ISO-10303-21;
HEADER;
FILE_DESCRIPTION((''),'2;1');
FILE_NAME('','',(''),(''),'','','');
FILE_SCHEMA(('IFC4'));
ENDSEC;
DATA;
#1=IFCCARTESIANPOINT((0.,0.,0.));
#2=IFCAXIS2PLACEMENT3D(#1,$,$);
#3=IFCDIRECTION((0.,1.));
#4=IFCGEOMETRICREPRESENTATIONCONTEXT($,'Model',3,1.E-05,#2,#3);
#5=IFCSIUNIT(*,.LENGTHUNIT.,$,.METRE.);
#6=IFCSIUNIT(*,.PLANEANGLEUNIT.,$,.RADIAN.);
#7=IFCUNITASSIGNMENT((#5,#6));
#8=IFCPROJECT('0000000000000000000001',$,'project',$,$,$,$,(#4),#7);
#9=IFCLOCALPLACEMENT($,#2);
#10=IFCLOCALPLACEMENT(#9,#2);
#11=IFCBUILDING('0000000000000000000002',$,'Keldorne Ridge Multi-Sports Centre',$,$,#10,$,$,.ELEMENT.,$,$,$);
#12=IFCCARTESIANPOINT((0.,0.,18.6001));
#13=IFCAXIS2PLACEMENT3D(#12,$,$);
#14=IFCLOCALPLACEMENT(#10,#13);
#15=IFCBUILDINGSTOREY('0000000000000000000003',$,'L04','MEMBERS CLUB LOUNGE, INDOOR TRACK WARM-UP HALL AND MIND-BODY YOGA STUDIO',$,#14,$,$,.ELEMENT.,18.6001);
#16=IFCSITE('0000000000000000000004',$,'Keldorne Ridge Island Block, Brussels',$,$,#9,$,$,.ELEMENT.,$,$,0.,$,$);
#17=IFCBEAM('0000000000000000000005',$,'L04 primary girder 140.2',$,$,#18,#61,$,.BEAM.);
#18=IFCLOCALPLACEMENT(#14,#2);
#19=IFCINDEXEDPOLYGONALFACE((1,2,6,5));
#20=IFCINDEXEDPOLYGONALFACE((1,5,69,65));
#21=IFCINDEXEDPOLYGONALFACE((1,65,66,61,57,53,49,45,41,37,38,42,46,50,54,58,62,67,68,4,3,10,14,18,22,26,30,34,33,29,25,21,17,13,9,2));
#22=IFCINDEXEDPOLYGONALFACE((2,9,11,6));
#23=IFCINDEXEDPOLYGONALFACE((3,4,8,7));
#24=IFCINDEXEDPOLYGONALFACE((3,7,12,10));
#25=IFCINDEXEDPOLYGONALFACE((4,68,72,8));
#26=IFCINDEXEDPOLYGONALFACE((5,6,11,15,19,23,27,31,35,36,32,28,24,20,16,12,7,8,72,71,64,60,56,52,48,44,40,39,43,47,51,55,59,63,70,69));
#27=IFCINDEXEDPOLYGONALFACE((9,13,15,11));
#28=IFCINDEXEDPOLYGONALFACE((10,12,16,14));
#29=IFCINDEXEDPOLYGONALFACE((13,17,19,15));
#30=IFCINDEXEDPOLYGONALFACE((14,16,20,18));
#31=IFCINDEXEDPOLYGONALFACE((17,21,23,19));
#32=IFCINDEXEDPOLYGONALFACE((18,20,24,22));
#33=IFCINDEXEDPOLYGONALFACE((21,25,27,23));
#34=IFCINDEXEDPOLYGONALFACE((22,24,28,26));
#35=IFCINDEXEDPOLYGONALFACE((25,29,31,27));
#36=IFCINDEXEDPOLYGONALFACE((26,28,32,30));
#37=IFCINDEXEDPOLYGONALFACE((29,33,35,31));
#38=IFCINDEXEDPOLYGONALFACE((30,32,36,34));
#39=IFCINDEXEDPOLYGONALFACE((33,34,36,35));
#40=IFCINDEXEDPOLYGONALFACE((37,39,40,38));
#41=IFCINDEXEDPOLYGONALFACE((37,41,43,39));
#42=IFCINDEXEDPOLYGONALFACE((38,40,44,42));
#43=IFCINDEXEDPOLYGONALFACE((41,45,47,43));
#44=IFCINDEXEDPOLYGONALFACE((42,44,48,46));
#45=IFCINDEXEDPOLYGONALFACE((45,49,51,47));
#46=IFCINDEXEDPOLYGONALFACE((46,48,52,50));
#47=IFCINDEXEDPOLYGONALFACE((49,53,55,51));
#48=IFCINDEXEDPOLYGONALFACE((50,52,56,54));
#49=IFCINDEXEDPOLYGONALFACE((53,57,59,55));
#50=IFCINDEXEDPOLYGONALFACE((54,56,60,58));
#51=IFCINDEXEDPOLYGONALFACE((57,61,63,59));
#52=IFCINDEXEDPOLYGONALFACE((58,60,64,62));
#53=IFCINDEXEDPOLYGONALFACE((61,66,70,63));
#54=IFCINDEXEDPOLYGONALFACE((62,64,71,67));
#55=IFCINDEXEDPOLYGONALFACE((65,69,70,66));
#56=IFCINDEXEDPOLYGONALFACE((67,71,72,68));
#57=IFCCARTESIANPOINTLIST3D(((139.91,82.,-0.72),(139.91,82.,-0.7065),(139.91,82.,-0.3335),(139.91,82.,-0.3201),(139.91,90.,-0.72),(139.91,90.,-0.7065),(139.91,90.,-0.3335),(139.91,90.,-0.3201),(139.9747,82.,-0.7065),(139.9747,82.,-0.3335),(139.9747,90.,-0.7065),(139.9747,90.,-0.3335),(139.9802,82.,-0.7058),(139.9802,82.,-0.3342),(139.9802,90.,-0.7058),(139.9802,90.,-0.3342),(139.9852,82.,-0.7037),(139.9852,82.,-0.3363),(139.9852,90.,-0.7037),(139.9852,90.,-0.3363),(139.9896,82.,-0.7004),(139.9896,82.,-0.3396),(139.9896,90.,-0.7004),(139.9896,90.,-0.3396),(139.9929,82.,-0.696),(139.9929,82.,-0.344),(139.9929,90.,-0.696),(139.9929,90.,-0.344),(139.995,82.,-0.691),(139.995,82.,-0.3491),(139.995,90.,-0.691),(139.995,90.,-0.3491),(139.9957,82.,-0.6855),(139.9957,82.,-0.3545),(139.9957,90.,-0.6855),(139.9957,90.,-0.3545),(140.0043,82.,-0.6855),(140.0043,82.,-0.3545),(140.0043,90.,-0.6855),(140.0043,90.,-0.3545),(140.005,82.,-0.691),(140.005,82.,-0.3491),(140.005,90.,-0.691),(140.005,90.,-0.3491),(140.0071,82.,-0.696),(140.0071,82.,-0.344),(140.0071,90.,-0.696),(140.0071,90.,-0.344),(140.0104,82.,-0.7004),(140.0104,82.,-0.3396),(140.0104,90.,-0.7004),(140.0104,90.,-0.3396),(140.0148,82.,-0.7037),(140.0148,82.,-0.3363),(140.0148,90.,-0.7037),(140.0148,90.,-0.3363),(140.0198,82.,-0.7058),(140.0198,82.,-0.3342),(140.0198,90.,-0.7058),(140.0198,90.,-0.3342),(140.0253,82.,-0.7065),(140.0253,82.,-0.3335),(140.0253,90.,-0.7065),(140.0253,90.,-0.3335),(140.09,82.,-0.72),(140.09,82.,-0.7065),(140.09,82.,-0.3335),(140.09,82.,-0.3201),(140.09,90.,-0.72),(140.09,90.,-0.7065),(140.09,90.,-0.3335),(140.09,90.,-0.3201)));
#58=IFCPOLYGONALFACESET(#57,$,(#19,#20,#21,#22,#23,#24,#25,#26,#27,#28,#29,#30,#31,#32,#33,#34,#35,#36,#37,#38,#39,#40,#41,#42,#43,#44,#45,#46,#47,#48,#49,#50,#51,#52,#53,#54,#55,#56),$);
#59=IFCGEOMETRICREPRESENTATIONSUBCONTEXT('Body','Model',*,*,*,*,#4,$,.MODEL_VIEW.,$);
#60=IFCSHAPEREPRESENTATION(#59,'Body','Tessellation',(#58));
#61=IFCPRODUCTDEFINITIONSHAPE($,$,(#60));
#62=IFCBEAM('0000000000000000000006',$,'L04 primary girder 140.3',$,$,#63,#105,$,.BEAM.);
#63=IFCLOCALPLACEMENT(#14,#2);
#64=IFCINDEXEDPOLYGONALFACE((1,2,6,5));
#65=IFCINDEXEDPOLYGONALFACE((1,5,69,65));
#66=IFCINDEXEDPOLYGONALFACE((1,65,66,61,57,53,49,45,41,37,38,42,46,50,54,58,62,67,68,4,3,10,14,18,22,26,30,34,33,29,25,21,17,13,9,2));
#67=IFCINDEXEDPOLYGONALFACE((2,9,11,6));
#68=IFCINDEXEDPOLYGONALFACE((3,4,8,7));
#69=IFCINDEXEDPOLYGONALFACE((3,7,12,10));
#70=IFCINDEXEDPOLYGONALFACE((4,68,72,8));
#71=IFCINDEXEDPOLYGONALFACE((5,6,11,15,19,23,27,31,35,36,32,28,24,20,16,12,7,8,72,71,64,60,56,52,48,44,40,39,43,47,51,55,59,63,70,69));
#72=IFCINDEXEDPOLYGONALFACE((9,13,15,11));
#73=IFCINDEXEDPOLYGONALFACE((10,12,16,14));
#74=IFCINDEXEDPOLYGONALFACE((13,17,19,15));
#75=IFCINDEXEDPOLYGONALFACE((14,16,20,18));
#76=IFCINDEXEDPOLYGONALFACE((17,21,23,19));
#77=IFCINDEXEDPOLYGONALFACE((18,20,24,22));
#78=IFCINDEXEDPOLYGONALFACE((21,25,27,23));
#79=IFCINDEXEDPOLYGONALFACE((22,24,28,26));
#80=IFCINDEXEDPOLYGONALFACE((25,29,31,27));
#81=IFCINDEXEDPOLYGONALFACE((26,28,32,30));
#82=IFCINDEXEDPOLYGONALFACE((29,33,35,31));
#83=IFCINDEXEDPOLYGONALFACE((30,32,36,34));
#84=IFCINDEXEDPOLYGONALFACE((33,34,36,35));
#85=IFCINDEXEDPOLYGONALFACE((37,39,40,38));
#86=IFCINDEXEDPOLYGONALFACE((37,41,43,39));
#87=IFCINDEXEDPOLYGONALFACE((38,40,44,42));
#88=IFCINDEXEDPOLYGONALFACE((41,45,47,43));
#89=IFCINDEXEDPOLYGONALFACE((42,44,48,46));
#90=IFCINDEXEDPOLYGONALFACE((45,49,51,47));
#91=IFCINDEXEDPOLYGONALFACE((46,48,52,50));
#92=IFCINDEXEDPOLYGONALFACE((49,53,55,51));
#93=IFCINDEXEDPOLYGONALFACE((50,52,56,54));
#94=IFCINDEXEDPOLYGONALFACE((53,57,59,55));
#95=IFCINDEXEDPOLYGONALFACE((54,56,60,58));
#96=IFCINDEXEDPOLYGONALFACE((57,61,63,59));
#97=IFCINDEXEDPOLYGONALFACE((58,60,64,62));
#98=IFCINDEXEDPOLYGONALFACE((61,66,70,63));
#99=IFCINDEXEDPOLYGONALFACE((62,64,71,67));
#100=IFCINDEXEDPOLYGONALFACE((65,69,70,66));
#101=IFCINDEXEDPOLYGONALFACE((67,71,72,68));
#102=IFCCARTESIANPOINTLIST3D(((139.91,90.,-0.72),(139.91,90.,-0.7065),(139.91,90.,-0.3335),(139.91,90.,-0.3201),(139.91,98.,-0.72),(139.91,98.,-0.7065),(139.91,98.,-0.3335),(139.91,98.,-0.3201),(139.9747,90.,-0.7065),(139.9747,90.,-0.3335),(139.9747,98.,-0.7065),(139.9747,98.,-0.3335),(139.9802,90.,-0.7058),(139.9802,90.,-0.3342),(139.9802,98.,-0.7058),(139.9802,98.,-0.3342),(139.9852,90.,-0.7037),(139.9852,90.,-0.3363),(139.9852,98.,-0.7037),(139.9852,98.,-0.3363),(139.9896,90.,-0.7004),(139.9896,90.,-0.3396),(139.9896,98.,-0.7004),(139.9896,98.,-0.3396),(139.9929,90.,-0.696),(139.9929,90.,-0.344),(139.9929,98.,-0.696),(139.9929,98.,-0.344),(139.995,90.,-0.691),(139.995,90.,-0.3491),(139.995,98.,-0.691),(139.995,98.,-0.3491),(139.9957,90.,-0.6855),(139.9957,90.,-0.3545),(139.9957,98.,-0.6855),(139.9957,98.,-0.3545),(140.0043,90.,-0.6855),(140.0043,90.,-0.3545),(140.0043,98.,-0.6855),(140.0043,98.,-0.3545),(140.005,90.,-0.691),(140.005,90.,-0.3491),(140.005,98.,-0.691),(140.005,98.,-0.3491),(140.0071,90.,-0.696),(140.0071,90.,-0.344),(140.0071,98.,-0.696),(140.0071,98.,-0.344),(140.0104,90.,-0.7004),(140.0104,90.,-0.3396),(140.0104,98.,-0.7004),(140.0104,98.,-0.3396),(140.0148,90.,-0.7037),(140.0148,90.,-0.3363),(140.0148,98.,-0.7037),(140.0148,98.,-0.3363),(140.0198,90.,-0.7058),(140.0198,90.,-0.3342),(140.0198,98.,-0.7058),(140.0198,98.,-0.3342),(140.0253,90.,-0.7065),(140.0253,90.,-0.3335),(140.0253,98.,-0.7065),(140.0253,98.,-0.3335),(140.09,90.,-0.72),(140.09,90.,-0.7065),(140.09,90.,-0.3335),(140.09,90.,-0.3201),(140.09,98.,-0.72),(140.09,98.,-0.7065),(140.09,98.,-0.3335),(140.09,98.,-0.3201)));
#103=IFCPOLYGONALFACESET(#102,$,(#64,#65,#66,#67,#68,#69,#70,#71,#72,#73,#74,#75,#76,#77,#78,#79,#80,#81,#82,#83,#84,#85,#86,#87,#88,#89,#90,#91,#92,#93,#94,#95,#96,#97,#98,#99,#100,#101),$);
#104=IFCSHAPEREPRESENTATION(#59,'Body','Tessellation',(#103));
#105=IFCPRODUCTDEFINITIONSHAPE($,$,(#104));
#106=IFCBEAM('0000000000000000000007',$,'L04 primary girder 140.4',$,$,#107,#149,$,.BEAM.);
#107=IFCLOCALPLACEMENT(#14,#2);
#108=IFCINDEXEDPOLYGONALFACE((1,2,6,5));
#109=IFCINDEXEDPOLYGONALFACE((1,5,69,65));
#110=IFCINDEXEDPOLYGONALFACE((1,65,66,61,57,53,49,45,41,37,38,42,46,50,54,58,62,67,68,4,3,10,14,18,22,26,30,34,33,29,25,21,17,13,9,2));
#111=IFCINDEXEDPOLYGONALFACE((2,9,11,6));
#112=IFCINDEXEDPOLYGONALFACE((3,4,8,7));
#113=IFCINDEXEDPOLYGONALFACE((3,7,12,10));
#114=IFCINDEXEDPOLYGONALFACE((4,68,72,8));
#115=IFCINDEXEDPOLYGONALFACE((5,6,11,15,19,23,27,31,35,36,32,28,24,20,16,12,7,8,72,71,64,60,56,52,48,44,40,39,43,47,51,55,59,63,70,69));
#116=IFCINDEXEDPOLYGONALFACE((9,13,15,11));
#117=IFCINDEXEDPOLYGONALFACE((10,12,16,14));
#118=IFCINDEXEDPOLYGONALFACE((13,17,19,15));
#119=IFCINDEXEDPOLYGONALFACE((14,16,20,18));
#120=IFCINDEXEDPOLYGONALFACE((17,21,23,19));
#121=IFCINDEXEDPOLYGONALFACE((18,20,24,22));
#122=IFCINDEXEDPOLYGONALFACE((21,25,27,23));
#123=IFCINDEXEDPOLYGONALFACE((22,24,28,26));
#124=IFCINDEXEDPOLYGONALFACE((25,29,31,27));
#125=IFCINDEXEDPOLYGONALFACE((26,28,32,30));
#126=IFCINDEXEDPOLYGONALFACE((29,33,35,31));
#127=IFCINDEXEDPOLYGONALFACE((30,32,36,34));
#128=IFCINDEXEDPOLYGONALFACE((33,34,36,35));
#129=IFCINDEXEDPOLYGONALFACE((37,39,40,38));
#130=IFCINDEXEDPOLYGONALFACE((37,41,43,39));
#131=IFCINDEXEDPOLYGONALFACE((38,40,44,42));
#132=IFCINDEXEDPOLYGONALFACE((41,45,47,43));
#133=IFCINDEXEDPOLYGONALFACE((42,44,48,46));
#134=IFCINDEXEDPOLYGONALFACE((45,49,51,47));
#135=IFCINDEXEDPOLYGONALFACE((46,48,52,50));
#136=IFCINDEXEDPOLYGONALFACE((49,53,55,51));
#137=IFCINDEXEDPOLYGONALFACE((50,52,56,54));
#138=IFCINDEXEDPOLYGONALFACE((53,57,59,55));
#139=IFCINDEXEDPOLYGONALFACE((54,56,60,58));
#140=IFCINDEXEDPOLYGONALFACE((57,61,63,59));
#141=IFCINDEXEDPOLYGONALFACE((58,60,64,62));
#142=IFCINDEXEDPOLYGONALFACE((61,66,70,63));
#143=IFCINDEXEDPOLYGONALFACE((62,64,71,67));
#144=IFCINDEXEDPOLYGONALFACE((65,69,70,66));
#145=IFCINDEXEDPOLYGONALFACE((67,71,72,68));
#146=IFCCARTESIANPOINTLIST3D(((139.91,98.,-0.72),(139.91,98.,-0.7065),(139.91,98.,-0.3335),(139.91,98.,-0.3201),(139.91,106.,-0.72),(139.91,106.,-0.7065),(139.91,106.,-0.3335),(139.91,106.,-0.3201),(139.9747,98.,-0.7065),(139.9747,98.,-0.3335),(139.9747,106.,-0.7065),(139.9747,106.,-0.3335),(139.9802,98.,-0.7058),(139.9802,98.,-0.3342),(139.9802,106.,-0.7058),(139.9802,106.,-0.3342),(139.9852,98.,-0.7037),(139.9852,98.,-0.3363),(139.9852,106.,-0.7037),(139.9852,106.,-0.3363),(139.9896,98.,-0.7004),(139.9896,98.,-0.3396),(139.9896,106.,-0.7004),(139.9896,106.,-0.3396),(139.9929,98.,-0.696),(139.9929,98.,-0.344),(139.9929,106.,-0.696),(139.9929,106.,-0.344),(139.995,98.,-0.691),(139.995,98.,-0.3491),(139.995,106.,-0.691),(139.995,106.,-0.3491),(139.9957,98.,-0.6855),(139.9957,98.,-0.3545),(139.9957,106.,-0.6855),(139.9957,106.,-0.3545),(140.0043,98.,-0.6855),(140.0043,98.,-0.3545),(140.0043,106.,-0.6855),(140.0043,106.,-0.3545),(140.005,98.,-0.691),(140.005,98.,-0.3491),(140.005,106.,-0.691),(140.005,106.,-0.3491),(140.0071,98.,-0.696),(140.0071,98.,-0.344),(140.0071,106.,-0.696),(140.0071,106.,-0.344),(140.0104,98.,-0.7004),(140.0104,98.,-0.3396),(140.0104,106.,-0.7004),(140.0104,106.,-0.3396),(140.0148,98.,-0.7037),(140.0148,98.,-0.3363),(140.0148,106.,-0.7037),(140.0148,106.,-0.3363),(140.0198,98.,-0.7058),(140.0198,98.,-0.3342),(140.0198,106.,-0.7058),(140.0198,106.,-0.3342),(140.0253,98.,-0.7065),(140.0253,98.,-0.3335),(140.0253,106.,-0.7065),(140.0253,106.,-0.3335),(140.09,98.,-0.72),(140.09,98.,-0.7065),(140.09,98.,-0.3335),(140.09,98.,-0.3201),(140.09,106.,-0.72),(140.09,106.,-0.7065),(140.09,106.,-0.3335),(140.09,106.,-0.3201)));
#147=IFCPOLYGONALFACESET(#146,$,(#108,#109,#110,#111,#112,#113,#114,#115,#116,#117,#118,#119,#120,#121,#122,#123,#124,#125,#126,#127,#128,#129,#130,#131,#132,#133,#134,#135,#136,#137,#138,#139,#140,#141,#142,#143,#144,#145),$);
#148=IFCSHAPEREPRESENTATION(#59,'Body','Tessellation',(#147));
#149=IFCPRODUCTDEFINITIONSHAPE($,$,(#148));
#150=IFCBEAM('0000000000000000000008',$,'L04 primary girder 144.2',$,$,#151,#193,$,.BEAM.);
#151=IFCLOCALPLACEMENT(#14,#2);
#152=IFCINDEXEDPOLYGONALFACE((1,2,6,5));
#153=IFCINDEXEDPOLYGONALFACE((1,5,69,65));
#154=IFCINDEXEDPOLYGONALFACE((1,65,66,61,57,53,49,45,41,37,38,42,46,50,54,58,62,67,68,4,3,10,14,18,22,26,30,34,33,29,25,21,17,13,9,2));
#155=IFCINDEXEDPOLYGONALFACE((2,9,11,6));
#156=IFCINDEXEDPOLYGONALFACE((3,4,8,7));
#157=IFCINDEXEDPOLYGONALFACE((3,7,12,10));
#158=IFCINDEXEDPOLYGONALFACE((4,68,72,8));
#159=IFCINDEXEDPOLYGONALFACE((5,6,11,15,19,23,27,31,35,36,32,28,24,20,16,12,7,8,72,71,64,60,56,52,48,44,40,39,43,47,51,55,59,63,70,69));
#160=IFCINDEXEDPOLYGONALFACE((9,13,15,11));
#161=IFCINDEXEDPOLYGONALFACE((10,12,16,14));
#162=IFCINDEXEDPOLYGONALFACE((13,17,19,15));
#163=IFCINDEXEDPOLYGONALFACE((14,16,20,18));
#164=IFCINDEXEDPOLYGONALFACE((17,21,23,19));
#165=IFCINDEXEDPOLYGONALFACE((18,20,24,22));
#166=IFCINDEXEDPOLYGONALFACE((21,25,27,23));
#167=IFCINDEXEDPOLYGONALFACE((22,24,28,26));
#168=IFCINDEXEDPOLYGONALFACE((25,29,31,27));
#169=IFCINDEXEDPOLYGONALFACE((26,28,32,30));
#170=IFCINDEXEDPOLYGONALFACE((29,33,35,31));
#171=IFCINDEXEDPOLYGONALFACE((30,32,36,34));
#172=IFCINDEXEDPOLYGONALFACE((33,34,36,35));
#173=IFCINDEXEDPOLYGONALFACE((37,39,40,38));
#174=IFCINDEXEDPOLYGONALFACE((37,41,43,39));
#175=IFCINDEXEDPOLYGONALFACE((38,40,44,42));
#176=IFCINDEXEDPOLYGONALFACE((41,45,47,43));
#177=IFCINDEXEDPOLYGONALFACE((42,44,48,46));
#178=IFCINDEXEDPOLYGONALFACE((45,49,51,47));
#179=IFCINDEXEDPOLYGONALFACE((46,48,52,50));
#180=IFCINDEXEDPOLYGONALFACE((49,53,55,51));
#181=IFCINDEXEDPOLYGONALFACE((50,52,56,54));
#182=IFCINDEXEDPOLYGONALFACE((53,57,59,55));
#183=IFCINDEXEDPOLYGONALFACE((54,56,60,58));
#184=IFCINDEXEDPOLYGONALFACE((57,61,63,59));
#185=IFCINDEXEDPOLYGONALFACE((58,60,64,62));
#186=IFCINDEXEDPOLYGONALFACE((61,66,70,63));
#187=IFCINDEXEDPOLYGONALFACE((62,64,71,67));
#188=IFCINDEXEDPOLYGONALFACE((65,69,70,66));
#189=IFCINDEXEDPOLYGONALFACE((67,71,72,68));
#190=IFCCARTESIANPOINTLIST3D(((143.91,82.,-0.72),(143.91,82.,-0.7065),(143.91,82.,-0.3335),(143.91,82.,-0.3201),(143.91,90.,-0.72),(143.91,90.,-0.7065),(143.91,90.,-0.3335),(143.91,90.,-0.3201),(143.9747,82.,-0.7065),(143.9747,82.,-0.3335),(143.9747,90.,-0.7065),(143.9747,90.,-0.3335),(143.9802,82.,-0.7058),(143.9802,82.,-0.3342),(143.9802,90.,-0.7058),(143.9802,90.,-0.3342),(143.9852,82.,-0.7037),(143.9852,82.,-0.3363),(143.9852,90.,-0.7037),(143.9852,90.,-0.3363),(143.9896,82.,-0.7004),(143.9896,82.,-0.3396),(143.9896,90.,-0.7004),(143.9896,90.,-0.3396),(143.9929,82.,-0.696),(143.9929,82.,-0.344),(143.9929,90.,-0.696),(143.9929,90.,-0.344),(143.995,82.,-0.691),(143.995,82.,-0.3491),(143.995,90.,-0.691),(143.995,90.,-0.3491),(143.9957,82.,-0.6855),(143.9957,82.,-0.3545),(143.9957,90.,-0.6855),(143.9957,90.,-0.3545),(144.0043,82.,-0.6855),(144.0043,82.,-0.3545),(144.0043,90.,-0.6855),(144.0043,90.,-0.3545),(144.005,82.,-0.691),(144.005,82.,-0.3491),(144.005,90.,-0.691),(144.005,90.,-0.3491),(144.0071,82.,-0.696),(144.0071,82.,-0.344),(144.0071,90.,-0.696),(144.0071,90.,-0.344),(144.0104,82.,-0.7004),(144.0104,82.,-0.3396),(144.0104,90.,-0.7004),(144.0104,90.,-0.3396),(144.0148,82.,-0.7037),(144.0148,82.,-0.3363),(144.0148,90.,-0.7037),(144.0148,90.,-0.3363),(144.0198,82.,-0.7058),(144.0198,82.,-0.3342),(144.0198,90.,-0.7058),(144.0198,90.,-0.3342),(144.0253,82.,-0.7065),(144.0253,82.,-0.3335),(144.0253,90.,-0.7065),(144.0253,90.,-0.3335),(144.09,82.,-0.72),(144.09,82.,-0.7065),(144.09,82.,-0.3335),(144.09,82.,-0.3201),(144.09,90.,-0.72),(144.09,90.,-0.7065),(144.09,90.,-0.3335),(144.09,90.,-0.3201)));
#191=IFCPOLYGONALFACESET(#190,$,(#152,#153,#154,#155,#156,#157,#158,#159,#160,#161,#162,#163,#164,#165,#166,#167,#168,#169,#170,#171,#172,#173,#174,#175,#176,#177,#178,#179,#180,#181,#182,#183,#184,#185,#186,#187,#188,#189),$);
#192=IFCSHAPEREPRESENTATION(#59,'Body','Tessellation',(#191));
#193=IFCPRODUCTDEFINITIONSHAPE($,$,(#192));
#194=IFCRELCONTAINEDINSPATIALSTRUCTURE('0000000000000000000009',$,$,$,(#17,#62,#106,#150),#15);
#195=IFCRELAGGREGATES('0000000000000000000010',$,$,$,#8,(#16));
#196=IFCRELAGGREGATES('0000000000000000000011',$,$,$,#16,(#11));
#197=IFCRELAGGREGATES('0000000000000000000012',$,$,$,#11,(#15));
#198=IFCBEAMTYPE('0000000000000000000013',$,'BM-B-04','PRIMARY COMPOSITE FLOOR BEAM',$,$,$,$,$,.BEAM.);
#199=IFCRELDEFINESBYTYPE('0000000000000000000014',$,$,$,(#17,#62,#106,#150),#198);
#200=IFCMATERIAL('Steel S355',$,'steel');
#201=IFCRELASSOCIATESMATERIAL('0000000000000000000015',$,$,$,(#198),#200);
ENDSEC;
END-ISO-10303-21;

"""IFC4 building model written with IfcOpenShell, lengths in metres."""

from ifc_helpers import new_model, si_unit, direction, frame, origin, origin_2d, place, context, subcontext, project, spatial, i_section, extrude, material, material_profile, profile_set, type_object, element, save


model = new_model("IFC4")

# Units and contexts
model_context = context("Model", 3, precision=1e-05, world=origin(), true_north=direction((0.0, 1.0)))
body_context = subcontext(model_context, "Body", "Model", "MODEL_VIEW")
ifc_project = project(units=[si_unit("LENGTHUNIT", "METRE"), si_unit("PLANEANGLEUNIT", "RADIAN")], contexts=[model_context])

# Site, building, storey
site_placement = place(None, origin())
site = spatial("IfcSite", under=ifc_project, at=site_placement, Name="Keldorne Ridge Island Block, Brussels", CompositionType="ELEMENT", RefElevation=0.0)
building_placement = place(site_placement, origin())
building = spatial("IfcBuilding", under=site, at=building_placement, Name="Keldorne Ridge Multi-Sports Centre", CompositionType="ELEMENT")
storey_placement = place(building_placement, frame((0.0, 0.0, 18.6001)))
storey = spatial("IfcBuildingStorey", under=building, at=storey_placement, Name="L04", Description="MEMBERS CLUB LOUNGE, INDOOR TRACK WARM-UP HALL AND MIND-BODY YOGA STUDIO", CompositionType="ELEMENT", Elevation=18.6001)

# Beams
ifc_material = material(Name="Steel S355", Category="steel")
ifc_material_profile_1 = material_profile(ifc_material, i_section(OverallWidth=0.1799, OverallDepth=0.3999, WebThickness=0.0085, FlangeThickness=0.0134, FilletRadius=0.021, at=origin_2d()), Name="IPE 400")
ifc_profile_set_1 = profile_set([ifc_material_profile_1], Name="Steel S355")
beam_type_1 = type_object("IfcBeamType", Name="BM-B-04", Description="PRIMARY COMPOSITE FLOOR BEAM", PredefinedType="BEAM", material=ifc_profile_set_1)
for number, where, z_axis, x_axis, name in (
    (1, (140.0, 82.0, -0.52), (0.0, 1.0, 0.0), (-1.0, 0.0, 0.0), "L04 primary girder 140.2"),
    (2, (140.0, 90.0, -0.52), (0.0, 1.0, 0.0), (-1.0, 0.0, 0.0), "L04 primary girder 140.3"),
    (3, (140.0, 98.0, -0.52), (0.0, 1.0, 0.0), (-1.0, 0.0, 0.0), "L04 primary girder 140.4"),
    (4, (144.0, 82.0, -0.52), (0.0, 1.0, 0.0), (-1.0, 0.0, 0.0), "L04 primary girder 144.2"),
):
    element("IfcBeam", number, at=place(storey_placement, frame(where, z_axis=z_axis, x_axis=x_axis)), inside=storey, type_object=beam_type_1, Name=name, PredefinedType="BEAM", context=body_context, shape_type="SweptSolid", body=[
        extrude(i_section(OverallWidth=0.1799, OverallDepth=0.3999, WebThickness=0.0085, FlangeThickness=0.0134, FilletRadius=0.021, at=origin_2d()), origin(), (0.0, 0.0, 1.0), 8.0),
    ])

save(model, "model.ifc")
